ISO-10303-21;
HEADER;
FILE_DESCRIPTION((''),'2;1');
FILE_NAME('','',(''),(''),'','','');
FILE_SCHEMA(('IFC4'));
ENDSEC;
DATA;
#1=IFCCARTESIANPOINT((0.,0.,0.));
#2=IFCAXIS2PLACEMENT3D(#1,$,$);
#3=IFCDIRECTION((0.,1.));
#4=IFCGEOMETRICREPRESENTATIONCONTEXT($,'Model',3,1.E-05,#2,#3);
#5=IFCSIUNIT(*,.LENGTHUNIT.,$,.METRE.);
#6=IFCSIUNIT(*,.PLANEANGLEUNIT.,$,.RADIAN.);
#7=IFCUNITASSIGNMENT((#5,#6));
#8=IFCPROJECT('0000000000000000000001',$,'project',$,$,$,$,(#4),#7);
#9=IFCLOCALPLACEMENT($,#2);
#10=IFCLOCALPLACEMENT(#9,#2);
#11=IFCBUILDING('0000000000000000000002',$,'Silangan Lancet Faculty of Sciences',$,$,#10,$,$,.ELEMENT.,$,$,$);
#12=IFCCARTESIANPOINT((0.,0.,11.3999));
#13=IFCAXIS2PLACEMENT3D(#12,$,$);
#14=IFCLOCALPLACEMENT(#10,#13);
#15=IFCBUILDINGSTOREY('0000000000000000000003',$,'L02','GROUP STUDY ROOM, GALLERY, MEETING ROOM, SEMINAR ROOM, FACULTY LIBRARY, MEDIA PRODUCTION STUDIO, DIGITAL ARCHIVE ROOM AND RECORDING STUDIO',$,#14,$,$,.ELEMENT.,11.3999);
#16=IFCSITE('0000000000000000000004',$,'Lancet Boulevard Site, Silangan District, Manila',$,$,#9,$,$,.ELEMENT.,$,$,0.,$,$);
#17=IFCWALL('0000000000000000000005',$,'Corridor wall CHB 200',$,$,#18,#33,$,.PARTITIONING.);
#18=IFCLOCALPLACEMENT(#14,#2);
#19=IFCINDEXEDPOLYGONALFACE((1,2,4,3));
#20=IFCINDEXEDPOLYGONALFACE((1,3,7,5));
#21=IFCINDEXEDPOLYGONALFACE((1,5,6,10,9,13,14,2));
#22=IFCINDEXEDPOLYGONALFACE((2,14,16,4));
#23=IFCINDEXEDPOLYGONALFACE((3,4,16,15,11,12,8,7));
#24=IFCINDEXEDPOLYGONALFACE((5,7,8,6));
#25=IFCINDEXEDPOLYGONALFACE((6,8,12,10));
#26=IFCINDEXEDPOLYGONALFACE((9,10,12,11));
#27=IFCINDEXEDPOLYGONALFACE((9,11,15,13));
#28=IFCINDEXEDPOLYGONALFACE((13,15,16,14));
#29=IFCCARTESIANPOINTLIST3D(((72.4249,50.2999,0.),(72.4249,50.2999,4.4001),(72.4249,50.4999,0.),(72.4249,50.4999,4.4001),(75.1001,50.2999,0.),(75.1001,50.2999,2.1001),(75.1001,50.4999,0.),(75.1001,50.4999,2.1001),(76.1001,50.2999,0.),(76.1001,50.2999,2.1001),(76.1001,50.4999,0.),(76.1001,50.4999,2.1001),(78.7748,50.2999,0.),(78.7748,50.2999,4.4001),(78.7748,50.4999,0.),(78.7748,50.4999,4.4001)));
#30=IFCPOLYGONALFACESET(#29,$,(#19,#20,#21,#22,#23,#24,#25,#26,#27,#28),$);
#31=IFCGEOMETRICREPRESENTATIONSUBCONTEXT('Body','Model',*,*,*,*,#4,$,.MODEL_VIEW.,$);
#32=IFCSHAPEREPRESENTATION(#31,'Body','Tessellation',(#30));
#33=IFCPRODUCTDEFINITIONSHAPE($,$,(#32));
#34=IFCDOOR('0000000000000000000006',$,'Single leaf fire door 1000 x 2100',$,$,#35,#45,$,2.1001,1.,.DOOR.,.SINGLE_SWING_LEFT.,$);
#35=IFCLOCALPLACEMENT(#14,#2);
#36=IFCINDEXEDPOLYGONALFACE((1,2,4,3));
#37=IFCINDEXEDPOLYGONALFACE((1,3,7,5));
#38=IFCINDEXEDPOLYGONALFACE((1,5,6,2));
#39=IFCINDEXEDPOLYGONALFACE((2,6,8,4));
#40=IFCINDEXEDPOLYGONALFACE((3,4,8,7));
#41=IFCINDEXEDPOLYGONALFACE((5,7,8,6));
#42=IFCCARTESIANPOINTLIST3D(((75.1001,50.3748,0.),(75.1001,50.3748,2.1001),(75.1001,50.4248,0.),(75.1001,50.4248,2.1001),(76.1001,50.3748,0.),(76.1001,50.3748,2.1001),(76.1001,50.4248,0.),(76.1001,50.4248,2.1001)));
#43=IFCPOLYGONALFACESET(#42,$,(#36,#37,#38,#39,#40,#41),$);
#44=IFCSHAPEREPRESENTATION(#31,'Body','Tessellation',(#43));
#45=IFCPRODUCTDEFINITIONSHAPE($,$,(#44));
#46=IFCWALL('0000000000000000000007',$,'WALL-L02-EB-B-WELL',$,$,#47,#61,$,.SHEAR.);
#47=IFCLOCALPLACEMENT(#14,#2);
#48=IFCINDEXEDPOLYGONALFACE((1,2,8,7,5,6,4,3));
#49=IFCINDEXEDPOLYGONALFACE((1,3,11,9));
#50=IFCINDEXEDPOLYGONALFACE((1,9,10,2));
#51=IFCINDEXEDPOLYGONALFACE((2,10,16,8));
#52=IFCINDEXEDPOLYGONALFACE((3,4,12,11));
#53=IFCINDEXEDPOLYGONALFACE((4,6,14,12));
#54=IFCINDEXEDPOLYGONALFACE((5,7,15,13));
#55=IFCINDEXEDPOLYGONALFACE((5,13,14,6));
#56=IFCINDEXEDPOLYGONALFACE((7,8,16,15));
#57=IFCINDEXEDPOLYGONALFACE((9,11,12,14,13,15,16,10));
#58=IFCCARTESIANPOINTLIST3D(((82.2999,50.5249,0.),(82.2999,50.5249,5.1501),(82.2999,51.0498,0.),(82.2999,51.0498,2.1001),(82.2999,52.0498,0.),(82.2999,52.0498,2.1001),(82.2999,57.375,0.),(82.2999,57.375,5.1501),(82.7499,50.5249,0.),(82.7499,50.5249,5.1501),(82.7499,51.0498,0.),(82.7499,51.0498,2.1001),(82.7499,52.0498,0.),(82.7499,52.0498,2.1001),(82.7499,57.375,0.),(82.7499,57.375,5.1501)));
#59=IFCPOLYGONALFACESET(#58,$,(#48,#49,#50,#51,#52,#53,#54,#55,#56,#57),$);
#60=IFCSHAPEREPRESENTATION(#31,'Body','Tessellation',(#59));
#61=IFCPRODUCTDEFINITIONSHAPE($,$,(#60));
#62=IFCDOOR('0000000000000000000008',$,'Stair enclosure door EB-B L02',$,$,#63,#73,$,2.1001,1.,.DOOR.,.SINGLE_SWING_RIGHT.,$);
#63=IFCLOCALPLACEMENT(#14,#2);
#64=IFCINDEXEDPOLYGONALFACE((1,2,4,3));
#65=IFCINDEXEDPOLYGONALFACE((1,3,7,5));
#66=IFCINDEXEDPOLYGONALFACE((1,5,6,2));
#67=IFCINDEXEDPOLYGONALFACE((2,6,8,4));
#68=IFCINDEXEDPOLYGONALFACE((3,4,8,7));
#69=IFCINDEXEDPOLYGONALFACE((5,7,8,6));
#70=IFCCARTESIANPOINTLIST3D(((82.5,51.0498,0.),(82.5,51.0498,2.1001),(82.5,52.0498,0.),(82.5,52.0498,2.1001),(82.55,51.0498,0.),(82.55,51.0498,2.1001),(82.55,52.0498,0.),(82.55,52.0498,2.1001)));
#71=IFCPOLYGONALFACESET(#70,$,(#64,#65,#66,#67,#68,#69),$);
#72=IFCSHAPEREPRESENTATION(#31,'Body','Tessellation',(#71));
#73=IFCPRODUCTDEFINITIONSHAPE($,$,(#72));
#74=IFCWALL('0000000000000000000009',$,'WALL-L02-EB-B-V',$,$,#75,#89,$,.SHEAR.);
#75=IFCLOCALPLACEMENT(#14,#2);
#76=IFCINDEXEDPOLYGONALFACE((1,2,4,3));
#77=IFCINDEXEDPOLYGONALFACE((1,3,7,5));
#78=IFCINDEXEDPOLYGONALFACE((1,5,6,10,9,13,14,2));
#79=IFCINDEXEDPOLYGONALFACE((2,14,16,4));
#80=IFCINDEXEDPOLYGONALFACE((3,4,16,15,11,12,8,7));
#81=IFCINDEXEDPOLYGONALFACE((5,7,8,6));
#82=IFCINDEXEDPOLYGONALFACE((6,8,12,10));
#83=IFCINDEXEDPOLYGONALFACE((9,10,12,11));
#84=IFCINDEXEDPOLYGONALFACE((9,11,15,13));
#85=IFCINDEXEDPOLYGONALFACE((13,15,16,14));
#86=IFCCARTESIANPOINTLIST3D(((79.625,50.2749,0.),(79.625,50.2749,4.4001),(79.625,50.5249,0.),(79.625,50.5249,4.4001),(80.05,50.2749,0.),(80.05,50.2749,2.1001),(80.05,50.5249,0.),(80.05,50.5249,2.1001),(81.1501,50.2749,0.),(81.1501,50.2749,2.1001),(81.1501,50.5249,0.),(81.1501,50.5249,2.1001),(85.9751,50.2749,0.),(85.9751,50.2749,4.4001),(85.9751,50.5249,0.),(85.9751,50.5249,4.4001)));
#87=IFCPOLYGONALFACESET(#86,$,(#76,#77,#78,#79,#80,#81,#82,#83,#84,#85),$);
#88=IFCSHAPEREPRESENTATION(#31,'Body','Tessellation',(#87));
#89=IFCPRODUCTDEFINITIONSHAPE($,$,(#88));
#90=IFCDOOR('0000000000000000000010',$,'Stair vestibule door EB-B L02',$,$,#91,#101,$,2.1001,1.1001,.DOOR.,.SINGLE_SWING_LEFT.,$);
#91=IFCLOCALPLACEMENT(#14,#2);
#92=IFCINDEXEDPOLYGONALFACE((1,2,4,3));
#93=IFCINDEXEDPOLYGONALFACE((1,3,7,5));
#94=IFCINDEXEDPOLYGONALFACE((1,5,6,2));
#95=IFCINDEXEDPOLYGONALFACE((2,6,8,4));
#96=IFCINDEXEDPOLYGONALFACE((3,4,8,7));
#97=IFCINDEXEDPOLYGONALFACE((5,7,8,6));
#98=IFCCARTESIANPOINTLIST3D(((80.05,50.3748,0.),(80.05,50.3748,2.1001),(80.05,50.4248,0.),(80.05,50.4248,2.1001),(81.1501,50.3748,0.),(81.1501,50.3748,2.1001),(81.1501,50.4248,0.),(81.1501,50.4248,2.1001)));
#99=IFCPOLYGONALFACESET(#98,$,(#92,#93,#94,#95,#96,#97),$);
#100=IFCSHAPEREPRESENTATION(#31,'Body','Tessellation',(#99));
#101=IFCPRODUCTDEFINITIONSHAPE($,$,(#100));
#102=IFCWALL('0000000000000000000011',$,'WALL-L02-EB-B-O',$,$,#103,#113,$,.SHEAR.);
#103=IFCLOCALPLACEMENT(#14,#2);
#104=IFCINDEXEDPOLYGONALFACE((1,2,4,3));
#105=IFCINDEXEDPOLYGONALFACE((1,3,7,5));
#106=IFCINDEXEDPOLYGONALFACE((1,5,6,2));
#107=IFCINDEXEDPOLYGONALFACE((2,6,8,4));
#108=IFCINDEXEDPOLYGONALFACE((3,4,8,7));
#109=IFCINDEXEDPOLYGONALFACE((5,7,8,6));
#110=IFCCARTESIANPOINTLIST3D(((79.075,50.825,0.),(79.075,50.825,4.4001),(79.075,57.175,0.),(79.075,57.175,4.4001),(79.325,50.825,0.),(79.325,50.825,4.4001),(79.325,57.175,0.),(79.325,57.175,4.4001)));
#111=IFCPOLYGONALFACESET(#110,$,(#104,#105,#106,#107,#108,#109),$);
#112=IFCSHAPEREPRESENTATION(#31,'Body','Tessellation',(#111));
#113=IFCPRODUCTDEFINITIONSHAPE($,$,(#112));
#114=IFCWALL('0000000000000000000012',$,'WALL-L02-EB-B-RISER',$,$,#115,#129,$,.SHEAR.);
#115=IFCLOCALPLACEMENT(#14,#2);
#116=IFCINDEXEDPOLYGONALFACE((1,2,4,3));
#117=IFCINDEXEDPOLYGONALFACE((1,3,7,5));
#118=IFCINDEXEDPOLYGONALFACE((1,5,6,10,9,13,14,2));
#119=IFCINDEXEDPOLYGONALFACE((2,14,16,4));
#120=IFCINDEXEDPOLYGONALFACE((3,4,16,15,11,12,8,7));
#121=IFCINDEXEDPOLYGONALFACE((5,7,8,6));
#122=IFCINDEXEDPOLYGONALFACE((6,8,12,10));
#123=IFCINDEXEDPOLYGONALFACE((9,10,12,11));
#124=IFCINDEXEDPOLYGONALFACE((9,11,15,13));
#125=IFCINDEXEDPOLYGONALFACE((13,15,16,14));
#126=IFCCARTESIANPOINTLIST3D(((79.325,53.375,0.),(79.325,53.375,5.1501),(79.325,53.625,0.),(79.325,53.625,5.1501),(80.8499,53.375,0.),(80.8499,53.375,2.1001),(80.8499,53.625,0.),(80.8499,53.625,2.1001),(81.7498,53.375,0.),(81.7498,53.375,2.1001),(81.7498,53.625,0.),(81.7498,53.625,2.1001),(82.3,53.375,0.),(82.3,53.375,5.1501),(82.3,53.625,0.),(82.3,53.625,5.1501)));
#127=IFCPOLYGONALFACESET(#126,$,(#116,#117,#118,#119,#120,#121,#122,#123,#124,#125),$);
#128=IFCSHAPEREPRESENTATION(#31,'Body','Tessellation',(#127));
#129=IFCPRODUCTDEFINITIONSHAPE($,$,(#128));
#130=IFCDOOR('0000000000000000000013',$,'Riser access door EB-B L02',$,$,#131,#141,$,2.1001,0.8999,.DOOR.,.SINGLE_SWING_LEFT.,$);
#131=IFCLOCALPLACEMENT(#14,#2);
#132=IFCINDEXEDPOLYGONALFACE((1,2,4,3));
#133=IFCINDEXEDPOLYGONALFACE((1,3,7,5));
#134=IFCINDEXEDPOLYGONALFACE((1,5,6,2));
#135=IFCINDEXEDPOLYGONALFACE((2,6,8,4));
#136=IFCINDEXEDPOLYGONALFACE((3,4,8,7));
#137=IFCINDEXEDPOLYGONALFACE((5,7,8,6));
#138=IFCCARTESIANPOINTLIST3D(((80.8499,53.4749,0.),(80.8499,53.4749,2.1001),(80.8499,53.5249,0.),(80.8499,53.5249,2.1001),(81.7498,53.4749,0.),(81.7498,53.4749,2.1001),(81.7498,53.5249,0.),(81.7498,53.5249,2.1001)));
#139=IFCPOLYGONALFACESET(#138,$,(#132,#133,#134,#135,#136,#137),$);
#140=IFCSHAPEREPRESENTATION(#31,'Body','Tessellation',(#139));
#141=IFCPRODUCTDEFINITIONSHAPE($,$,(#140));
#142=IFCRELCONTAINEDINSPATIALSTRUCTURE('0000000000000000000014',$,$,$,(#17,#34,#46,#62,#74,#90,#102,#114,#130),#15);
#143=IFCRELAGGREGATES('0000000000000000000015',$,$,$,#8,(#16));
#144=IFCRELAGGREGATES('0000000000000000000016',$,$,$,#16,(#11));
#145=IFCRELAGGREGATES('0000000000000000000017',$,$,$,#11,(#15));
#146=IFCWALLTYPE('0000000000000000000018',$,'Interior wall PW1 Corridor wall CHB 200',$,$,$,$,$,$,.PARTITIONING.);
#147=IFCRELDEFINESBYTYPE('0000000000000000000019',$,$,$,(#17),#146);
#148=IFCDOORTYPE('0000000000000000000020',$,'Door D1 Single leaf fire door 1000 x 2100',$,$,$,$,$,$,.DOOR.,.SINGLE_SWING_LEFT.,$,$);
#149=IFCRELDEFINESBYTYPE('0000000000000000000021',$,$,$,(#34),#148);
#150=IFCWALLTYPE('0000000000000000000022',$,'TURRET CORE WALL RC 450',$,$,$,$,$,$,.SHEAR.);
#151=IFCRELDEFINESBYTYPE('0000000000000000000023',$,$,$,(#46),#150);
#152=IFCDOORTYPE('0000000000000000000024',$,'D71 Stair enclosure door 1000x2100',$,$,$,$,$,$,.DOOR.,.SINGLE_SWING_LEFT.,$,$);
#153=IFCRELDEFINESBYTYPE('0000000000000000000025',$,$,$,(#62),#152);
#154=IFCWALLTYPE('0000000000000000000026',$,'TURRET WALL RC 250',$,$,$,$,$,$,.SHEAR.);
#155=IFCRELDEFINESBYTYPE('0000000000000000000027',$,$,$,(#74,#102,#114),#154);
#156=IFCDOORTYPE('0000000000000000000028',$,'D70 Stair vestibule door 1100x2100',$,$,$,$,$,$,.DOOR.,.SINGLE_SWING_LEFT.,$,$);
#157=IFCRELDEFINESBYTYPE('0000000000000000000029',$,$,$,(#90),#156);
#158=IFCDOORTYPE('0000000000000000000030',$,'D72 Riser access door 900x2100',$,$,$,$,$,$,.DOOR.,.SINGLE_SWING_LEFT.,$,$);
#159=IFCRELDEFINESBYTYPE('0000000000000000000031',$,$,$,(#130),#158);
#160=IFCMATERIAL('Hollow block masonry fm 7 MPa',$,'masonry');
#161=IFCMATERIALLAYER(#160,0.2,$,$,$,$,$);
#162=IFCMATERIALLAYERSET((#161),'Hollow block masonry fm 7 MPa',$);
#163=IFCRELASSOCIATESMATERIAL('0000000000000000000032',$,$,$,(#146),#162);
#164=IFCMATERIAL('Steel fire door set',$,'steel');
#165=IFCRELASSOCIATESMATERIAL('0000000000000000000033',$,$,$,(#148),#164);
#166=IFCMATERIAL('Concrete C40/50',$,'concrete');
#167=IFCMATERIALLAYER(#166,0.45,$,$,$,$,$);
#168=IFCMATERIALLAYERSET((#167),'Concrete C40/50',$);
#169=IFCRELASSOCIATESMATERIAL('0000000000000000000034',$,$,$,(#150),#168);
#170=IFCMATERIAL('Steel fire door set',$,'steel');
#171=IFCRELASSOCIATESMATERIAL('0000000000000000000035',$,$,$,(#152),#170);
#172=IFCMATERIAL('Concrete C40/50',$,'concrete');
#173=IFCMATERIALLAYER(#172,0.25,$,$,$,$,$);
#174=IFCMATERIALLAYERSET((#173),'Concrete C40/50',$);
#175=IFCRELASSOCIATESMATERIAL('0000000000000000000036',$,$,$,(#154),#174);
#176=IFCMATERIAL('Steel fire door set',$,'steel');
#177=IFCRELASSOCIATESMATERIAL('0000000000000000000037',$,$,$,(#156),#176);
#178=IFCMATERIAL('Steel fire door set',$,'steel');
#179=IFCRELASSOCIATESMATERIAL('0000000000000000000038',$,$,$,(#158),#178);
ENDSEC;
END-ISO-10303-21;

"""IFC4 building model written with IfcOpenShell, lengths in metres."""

from ifc_helpers import new_model, si_unit, direction, frame, frame_2d, origin, place, context, subcontext, project, spatial, rectangle, extrude, material, layer, layer_set, type_object, element, fill, save


model = new_model("IFC4")

# Units and contexts
model_context = context("Model", 3, precision=1e-05, world=origin(), true_north=direction((0.0, 1.0)))
body_context = subcontext(model_context, "Body", "Model", "MODEL_VIEW")
ifc_project = project(units=[si_unit("LENGTHUNIT", "METRE"), si_unit("PLANEANGLEUNIT", "RADIAN")], contexts=[model_context])

# Site, building, storey
site_placement = place(None, origin())
site = spatial("IfcSite", under=ifc_project, at=site_placement, Name="Lancet Boulevard Site, Silangan District, Manila", CompositionType="ELEMENT", RefElevation=0.0)
building_placement = place(site_placement, origin())
building = spatial("IfcBuilding", under=site, at=building_placement, Name="Silangan Lancet Faculty of Sciences", CompositionType="ELEMENT")
storey_placement = place(building_placement, frame((0.0, 0.0, 11.3999)))
storey = spatial("IfcBuildingStorey", under=building, at=storey_placement, Name="L02", Description="GROUP STUDY ROOM, GALLERY, MEETING ROOM, SEMINAR ROOM, FACULTY LIBRARY, MEDIA PRODUCTION STUDIO, DIGITAL ARCHIVE ROOM AND RECORDING STUDIO", CompositionType="ELEMENT", Elevation=11.3999)

# Walls, openings, doors
ifc_material_1 = material(Name="Hollow block masonry fm 7 MPa", Category="masonry")
ifc_layer_1 = layer(ifc_material_1, 0.2)
ifc_layer_set_1 = layer_set([ifc_layer_1], Name="Hollow block masonry fm 7 MPa")
wall_type_1 = type_object("IfcWallType", Name="Interior wall PW1 Corridor wall CHB 200", PredefinedType="PARTITIONING", material=ifc_layer_set_1)
wall_1_placement = place(storey_placement, frame((72.425, 50.3999, 0.0), z_axis=(0.0, 0.0, 1.0), x_axis=(1.0, 0.0, 0.0)))
wall_1 = element("IfcWall", 1, at=wall_1_placement, inside=storey, type_object=wall_type_1, Name="Corridor wall CHB 200", PredefinedType="PARTITIONING", context=body_context, shape_type="SweptSolid", body=[
    extrude(rectangle(XDim=6.3499, YDim=0.2, at=frame_2d((3.1748, 0.0))), origin(), (0.0, 0.0, 1.0), 4.4001),
])
opening_1_placement = place(wall_1_placement, frame((2.675, 0.0, 0.0)))
opening_1 = element("IfcOpeningElement", 2, at=opening_1_placement, cuts=wall_1, PredefinedType="OPENING", context=body_context, shape_type="SweptSolid", body=[
    extrude(rectangle(XDim=1.0, YDim=2.1001, at=frame_2d((0.5, 1.05))), frame((0.0, 0.1099, 0.0), z_axis=(0.0, -1.0, 0.0), x_axis=(1.0, 0.0, 0.0)), (0.0, 0.0, 1.0), 0.22),
])
ifc_material_2 = material(Name="Steel fire door set", Category="steel")
door_type_1 = type_object("IfcDoorType", Name="Door D1 Single leaf fire door 1000 x 2100", OperationType="SINGLE_SWING_LEFT", PredefinedType="DOOR", material=ifc_material_2)
door_1_placement = place(opening_1_placement, origin())
door_1 = element("IfcDoor", 3, at=door_1_placement, inside=storey, type_object=door_type_1, Name="Single leaf fire door 1000 x 2100", OperationType="SINGLE_SWING_LEFT", OverallHeight=2.1001, OverallWidth=1.0, PredefinedType="DOOR", context=body_context, shape_type="SweptSolid", body=[
    extrude(rectangle(XDim=1.0, YDim=2.1001, at=frame_2d((0.5, 1.05))), frame((0.0, 0.0249, 0.0), z_axis=(0.0, -1.0, 0.0), x_axis=(1.0, 0.0, 0.0)), (0.0, 0.0, 1.0), 0.05),
])
fill(opening_1, door_1)
ifc_material_3 = material(Name="Concrete C40/50", Category="concrete")
ifc_layer_2 = layer(ifc_material_3, 0.45)
ifc_layer_set_2 = layer_set([ifc_layer_2], Name="Concrete C40/50")
wall_type_2 = type_object("IfcWallType", Name="TURRET CORE WALL RC 450", PredefinedType="SHEAR", material=ifc_layer_set_2)
wall_2_placement = place(storey_placement, frame((82.5249, 50.5249, 0.0), z_axis=(0.0, 0.0, 1.0), x_axis=(0.0, 1.0, 0.0)))
wall_2 = element("IfcWall", 4, at=wall_2_placement, inside=storey, type_object=wall_type_2, Name="WALL-L02-EB-B-WELL", PredefinedType="SHEAR", context=body_context, shape_type="SweptSolid", body=[
    extrude(rectangle(XDim=6.8501, YDim=0.45, at=frame_2d((3.425, 0.0))), origin(), (0.0, 0.0, 1.0), 5.1501),
])
opening_2_placement = place(wall_2_placement, frame((0.5249, 0.0, 0.0)))
opening_2 = element("IfcOpeningElement", 5, at=opening_2_placement, cuts=wall_2, PredefinedType="OPENING", context=body_context, shape_type="SweptSolid", body=[
    extrude(rectangle(XDim=1.0, YDim=2.1001, at=frame_2d((0.5, 1.05))), frame((0.0, 0.2349, 0.0), z_axis=(0.0, -1.0, 0.0), x_axis=(1.0, 0.0, 0.0)), (0.0, 0.0, 1.0), 0.47),
])
ifc_material_4 = material(Name="Steel fire door set", Category="steel")
door_type_2 = type_object("IfcDoorType", Name="D71 Stair enclosure door 1000x2100", OperationType="SINGLE_SWING_LEFT", PredefinedType="DOOR", material=ifc_material_4)
door_2_placement = place(opening_2_placement, frame((1.0, 0.0, 0.0), z_axis=(0.0, 0.0, 1.0), x_axis=(-1.0, 0.0, 0.0)))
door_2 = element("IfcDoor", 6, at=door_2_placement, inside=storey, type_object=door_type_2, Name="Stair enclosure door EB-B L02", OperationType="SINGLE_SWING_RIGHT", OverallHeight=2.1001, OverallWidth=1.0, PredefinedType="DOOR", context=body_context, shape_type="SweptSolid", body=[
    extrude(rectangle(XDim=1.0, YDim=2.1001, at=frame_2d((0.5, 1.05))), frame((0.0, 0.0251, 0.0), z_axis=(0.0, -1.0, 0.0), x_axis=(1.0, 0.0, 0.0)), (0.0, 0.0, 1.0), 0.05),
])
fill(opening_2, door_2)
ifc_material_5 = material(Name="Concrete C40/50", Category="concrete")
ifc_layer_3 = layer(ifc_material_5, 0.25)
ifc_layer_set_3 = layer_set([ifc_layer_3], Name="Concrete C40/50")
wall_type_3 = type_object("IfcWallType", Name="TURRET WALL RC 250", PredefinedType="SHEAR", material=ifc_layer_set_3)
wall_3_placement = place(storey_placement, frame((79.625, 50.3999, 0.0), z_axis=(0.0, 0.0, 1.0), x_axis=(1.0, 0.0, 0.0)))
wall_3 = element("IfcWall", 7, at=wall_3_placement, inside=storey, type_object=wall_type_3, Name="WALL-L02-EB-B-V", PredefinedType="SHEAR", context=body_context, shape_type="SweptSolid", body=[
    extrude(rectangle(XDim=6.3501, YDim=0.25, at=frame_2d((3.175, 0.0))), origin(), (0.0, 0.0, 1.0), 4.4001),
])
opening_3_placement = place(wall_3_placement, frame((0.425, 0.0, 0.0)))
opening_3 = element("IfcOpeningElement", 8, at=opening_3_placement, cuts=wall_3, PredefinedType="OPENING", context=body_context, shape_type="SweptSolid", body=[
    extrude(rectangle(XDim=1.1001, YDim=2.1001, at=frame_2d((0.55, 1.05))), frame((0.0, 0.135, 0.0), z_axis=(0.0, -1.0, 0.0), x_axis=(1.0, 0.0, 0.0)), (0.0, 0.0, 1.0), 0.27),
])
ifc_material_6 = material(Name="Steel fire door set", Category="steel")
door_type_3 = type_object("IfcDoorType", Name="D70 Stair vestibule door 1100x2100", OperationType="SINGLE_SWING_LEFT", PredefinedType="DOOR", material=ifc_material_6)
door_3_placement = place(opening_3_placement, origin())
door_3 = element("IfcDoor", 9, at=door_3_placement, inside=storey, type_object=door_type_3, Name="Stair vestibule door EB-B L02", OperationType="SINGLE_SWING_LEFT", OverallHeight=2.1001, OverallWidth=1.1001, PredefinedType="DOOR", context=body_context, shape_type="SweptSolid", body=[
    extrude(rectangle(XDim=1.1001, YDim=2.1001, at=frame_2d((0.55, 1.05))), frame((0.0, 0.0249, 0.0), z_axis=(0.0, -1.0, 0.0), x_axis=(1.0, 0.0, 0.0)), (0.0, 0.0, 1.0), 0.05),
])
fill(opening_3, door_3)

# Wall
wall_4_placement = place(storey_placement, frame((79.2, 50.825, 0.0), z_axis=(0.0, 0.0, 1.0), x_axis=(0.0, 1.0, 0.0)))
element("IfcWall", 10, at=wall_4_placement, inside=storey, type_object=wall_type_3, Name="WALL-L02-EB-B-O", PredefinedType="SHEAR", context=body_context, shape_type="SweptSolid", body=[
    extrude(rectangle(XDim=6.3501, YDim=0.25, at=frame_2d((3.175, 0.0))), origin(), (0.0, 0.0, 1.0), 4.4001),
])

# Wall, opening, door
wall_5_placement = place(storey_placement, frame((79.325, 53.5, 0.0), z_axis=(0.0, 0.0, 1.0), x_axis=(1.0, 0.0, 0.0)))
wall_5 = element("IfcWall", 11, at=wall_5_placement, inside=storey, type_object=wall_type_3, Name="WALL-L02-EB-B-RISER", PredefinedType="SHEAR", context=body_context, shape_type="SweptSolid", body=[
    extrude(rectangle(XDim=2.9751, YDim=0.25, at=frame_2d((1.4875, 0.0))), origin(), (0.0, 0.0, 1.0), 5.1501),
])
opening_4_placement = place(wall_5_placement, frame((1.5249, 0.0, 0.0)))
opening_4 = element("IfcOpeningElement", 12, at=opening_4_placement, cuts=wall_5, PredefinedType="OPENING", context=body_context, shape_type="SweptSolid", body=[
    extrude(rectangle(XDim=0.8999, YDim=2.1001, at=frame_2d((0.45, 1.05))), frame((0.0, 0.135, 0.0), z_axis=(0.0, -1.0, 0.0), x_axis=(1.0, 0.0, 0.0)), (0.0, 0.0, 1.0), 0.27),
])
ifc_material_7 = material(Name="Steel fire door set", Category="steel")
door_type_4 = type_object("IfcDoorType", Name="D72 Riser access door 900x2100", OperationType="SINGLE_SWING_LEFT", PredefinedType="DOOR", material=ifc_material_7)
door_4_placement = place(opening_4_placement, origin())
door_4 = element("IfcDoor", 13, at=door_4_placement, inside=storey, type_object=door_type_4, Name="Riser access door EB-B L02", OperationType="SINGLE_SWING_LEFT", OverallHeight=2.1001, OverallWidth=0.8999, PredefinedType="DOOR", context=body_context, shape_type="SweptSolid", body=[
    extrude(rectangle(XDim=0.8999, YDim=2.1001, at=frame_2d((0.45, 1.05))), frame((0.0, 0.0249, 0.0), z_axis=(0.0, -1.0, 0.0), x_axis=(1.0, 0.0, 0.0)), (0.0, 0.0, 1.0), 0.05),
])
fill(opening_4, door_4)

save(model, "model.ifc")
